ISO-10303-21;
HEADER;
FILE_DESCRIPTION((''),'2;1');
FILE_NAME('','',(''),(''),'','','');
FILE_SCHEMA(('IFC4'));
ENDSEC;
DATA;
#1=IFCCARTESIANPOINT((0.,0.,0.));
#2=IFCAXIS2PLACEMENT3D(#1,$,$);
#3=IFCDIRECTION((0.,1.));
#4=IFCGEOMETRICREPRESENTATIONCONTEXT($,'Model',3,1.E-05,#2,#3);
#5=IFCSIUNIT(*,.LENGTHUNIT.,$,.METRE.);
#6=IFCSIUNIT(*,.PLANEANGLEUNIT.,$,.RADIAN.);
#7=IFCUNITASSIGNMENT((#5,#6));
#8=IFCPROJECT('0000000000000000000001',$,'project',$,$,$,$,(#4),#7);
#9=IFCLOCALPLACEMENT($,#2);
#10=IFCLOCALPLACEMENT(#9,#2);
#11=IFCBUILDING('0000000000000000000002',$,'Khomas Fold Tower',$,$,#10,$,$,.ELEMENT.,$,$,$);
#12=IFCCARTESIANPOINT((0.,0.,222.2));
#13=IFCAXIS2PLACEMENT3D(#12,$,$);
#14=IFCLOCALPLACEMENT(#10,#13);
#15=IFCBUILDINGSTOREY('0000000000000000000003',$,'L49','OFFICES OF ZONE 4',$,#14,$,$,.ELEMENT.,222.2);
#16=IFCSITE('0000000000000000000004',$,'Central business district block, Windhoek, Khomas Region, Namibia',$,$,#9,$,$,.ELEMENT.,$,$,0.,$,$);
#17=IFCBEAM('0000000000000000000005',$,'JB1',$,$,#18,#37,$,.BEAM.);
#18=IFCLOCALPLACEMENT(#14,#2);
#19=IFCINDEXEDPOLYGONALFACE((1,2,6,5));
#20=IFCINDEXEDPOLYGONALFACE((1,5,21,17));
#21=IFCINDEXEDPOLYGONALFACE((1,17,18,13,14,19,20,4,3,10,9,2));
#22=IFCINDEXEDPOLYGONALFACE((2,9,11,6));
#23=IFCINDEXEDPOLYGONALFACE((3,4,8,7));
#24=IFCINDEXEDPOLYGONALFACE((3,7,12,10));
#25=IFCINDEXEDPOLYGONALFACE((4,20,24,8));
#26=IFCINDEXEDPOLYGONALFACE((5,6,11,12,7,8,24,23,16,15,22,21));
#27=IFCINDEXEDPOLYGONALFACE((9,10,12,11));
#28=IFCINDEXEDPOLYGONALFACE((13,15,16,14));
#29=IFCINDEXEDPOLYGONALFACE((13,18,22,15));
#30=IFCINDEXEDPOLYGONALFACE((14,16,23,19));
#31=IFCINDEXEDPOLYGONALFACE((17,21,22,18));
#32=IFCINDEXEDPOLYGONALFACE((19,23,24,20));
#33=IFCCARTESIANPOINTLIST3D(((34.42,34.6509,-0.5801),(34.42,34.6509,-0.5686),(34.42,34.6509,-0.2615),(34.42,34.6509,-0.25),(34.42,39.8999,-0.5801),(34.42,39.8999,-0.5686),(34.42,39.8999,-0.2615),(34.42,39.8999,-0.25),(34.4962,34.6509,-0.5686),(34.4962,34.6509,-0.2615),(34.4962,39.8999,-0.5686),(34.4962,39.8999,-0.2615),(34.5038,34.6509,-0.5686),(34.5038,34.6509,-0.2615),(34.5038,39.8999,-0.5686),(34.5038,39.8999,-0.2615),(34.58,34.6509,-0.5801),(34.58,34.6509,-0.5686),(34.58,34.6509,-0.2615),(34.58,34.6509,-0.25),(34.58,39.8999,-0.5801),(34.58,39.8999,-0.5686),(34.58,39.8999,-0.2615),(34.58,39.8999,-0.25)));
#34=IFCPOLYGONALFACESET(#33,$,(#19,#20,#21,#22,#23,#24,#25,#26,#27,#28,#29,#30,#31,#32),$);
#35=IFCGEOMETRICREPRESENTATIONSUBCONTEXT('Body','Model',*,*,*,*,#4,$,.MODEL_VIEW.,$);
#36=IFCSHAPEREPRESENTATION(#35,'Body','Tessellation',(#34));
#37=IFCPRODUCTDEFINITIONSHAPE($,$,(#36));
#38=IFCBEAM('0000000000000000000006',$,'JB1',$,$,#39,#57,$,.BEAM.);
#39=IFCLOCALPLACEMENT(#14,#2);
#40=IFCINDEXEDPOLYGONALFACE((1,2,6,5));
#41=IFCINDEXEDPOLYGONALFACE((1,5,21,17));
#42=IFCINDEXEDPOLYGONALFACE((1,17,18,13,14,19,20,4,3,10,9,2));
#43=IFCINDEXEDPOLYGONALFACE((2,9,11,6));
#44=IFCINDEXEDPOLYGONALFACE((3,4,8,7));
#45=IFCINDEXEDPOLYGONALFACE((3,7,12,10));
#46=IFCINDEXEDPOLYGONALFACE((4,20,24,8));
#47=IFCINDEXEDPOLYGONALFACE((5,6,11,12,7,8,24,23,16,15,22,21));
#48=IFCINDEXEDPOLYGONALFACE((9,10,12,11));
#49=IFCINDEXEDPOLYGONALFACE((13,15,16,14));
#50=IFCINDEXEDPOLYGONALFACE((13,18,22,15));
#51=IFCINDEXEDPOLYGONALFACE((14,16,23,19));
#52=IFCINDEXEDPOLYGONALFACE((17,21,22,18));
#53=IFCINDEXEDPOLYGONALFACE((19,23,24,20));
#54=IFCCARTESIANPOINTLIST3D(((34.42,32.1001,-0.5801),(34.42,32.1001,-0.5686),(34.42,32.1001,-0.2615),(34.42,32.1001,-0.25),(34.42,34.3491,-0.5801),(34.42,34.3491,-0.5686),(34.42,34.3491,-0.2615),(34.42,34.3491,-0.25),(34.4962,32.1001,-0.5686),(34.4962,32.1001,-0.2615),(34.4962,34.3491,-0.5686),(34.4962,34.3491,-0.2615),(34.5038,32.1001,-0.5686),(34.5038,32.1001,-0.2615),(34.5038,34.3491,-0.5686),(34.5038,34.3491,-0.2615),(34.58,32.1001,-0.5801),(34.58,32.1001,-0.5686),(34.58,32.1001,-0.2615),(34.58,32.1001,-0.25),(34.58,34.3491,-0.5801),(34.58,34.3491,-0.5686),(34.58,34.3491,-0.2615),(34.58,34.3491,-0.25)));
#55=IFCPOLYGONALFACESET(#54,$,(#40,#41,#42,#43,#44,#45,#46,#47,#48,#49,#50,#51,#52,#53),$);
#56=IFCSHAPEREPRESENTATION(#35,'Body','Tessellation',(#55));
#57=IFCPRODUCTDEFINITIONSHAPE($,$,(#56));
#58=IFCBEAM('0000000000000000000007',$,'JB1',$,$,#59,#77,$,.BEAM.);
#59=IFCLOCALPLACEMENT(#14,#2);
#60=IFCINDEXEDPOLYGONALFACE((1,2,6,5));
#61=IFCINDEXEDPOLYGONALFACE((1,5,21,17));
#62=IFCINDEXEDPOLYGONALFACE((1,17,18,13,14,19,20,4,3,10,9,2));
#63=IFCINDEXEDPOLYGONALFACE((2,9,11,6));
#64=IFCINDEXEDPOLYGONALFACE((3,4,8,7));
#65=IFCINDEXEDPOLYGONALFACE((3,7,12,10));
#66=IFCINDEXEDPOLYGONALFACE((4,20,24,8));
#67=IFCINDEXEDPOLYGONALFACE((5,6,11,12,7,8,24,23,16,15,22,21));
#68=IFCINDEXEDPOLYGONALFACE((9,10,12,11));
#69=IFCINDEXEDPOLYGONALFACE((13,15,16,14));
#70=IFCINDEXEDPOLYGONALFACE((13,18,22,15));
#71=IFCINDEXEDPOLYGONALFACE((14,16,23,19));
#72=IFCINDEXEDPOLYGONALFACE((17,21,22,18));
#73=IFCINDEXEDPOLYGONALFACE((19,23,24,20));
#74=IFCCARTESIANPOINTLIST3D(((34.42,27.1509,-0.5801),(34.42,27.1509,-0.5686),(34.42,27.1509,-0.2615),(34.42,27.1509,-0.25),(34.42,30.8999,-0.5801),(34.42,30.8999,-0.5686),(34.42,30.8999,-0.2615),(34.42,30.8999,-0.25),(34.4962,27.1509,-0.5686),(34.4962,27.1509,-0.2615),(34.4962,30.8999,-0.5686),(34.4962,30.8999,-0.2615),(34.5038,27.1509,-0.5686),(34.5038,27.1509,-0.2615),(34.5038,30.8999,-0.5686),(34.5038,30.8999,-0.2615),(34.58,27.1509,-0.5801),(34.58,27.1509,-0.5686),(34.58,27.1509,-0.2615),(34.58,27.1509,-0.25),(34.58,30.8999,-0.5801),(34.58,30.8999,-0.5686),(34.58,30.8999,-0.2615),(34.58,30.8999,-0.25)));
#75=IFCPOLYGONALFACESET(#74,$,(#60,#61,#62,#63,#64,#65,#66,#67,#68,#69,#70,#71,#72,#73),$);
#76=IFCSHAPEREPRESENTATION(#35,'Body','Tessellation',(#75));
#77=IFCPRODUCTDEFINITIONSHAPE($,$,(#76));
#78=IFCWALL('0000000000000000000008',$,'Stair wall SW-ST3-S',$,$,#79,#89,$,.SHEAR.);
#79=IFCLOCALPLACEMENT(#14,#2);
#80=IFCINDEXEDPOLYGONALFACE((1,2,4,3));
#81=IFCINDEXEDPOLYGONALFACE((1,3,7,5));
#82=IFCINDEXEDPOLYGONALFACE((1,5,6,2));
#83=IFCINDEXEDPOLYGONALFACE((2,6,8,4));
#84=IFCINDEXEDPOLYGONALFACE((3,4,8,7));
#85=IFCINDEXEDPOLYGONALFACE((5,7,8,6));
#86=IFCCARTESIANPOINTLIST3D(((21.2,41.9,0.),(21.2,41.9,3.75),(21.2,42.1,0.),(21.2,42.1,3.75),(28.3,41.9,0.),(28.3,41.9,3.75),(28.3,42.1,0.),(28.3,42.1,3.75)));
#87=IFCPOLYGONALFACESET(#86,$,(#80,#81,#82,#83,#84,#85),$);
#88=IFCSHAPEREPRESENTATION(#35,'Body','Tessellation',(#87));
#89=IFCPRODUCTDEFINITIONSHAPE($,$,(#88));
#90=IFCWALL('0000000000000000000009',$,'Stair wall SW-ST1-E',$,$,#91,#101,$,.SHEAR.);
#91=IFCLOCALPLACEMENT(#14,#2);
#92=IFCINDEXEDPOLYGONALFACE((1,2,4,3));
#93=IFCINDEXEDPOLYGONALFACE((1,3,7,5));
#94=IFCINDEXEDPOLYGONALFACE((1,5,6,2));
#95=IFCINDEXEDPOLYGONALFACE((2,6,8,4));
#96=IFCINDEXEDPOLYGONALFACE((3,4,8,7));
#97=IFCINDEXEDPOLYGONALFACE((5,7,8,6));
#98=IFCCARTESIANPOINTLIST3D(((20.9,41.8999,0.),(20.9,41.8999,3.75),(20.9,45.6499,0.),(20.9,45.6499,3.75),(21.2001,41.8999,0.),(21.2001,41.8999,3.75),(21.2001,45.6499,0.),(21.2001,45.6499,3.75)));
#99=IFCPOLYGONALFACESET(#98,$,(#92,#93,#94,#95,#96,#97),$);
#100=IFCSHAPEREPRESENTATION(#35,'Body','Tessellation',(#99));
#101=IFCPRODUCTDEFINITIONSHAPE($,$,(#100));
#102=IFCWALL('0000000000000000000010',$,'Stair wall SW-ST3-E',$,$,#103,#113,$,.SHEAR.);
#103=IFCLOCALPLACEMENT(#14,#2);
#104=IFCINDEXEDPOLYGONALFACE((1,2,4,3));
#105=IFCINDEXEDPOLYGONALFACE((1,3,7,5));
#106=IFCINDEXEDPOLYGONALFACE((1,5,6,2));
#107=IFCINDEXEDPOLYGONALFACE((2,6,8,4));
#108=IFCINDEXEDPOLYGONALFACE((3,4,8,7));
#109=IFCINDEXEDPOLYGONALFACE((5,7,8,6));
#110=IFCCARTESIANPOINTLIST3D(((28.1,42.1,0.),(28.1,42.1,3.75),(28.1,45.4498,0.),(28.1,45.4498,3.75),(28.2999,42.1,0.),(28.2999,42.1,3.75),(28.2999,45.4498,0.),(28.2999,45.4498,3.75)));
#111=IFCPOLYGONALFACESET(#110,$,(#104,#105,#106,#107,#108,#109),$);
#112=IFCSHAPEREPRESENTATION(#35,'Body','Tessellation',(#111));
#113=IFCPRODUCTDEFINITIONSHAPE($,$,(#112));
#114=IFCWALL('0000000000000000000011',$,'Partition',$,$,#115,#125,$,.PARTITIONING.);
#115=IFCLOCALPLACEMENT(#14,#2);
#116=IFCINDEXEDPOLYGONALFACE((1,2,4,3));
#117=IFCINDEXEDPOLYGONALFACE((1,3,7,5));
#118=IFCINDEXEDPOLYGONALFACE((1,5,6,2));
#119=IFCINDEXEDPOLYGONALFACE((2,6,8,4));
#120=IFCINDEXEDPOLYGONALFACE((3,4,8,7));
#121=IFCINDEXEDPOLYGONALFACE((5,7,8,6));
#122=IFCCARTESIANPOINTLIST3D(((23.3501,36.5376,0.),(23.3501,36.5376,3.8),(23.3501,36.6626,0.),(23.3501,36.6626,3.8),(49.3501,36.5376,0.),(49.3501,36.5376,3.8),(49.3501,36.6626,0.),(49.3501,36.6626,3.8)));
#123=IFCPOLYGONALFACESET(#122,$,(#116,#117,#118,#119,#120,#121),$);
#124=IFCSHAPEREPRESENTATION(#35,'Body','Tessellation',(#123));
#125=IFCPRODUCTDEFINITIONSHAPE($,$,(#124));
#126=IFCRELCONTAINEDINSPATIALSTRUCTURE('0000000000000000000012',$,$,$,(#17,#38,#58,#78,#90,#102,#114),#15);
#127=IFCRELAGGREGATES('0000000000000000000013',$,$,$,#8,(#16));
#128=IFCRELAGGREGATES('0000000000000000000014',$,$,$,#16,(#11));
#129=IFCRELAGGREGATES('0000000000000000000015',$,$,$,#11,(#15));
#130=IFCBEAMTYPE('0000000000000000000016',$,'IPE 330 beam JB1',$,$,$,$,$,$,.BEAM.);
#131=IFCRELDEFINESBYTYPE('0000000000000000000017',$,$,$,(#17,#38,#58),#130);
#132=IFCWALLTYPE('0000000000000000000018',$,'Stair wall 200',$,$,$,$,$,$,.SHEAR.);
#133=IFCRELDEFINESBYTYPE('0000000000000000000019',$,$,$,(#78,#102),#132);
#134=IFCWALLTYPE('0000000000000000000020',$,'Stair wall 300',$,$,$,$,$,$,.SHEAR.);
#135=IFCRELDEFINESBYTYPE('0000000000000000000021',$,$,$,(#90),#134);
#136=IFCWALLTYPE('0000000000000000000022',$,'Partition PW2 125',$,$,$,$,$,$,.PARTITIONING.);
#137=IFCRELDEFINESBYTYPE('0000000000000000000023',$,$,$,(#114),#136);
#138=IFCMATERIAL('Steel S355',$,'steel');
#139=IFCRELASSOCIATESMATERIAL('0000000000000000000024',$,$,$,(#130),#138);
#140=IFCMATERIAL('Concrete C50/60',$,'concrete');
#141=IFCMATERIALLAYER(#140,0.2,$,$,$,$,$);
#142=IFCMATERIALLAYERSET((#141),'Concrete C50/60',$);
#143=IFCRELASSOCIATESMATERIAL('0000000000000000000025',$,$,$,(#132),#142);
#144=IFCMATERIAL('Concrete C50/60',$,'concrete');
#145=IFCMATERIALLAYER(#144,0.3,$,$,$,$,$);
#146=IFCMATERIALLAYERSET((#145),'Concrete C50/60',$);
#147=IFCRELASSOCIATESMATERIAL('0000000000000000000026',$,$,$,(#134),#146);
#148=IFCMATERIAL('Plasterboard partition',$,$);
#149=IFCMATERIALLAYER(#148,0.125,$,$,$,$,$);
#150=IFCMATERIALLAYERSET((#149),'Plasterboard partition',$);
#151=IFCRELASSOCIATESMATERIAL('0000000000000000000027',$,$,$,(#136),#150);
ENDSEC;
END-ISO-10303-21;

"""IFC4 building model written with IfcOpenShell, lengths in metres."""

from ifc_helpers import new_model, si_unit, direction, frame, frame_2d, origin, origin_2d, place, context, subcontext, project, spatial, rectangle, i_section, extrude, source, transform, mapped, material, layer, layer_set, material_profile, profile_set, type_object, element, save


model = new_model("IFC4")

# Units and contexts
model_context = context("Model", 3, precision=1e-05, world=origin(), true_north=direction((0.0, 1.0)))
body_context = subcontext(model_context, "Body", "Model", "MODEL_VIEW")
ifc_project = project(units=[si_unit("LENGTHUNIT", "METRE"), si_unit("PLANEANGLEUNIT", "RADIAN")], contexts=[model_context])

# Site, building, storey
site_placement = place(None, origin())
site = spatial("IfcSite", under=ifc_project, at=site_placement, Name="Central business district block, Windhoek, Khomas Region, Namibia", CompositionType="ELEMENT", RefElevation=0.0)
building_placement = place(site_placement, origin())
building = spatial("IfcBuilding", under=site, at=building_placement, Name="Khomas Fold Tower", CompositionType="ELEMENT")
storey_placement = place(building_placement, frame((0.0, 0.0, 222.2)))
storey = spatial("IfcBuildingStorey", under=building, at=storey_placement, Name="L49", Description="OFFICES OF ZONE 4", CompositionType="ELEMENT", Elevation=222.2)

# Beams
ifc_material_1 = material(Name="Steel S355", Category="steel")
ifc_material_profile_1 = material_profile(ifc_material_1, i_section(OverallWidth=0.1599, OverallDepth=0.3301, WebThickness=0.0076, FlangeThickness=0.0115, at=origin_2d()), Name="IPE 330")
ifc_profile_set_1 = profile_set([ifc_material_profile_1], Name="Steel S355")
beam_type_1 = type_object("IfcBeamType", Name="IPE 330 beam JB1", PredefinedType="BEAM", material=ifc_profile_set_1)
shared_shape_1 = source(origin(), body_context, "Body", "SweptSolid", [
    extrude(i_section(OverallWidth=0.1599, OverallDepth=0.3301, WebThickness=0.0076, FlangeThickness=0.0115, at=origin_2d()), origin(), (0.0, 0.0, 1.0), 5.249),
])
beam_1_placement = place(storey_placement, frame((34.5, 34.6509, -0.415), z_axis=(0.0, 1.0, 0.0), x_axis=(-1.0, 0.0, 0.0)))
element("IfcBeam", 1, at=beam_1_placement, inside=storey, type_object=beam_type_1, Name="JB1", PredefinedType="BEAM", context=body_context, shape_type="MappedRepresentation", body=[
    mapped(shared_shape_1, transform((0.0, 0.0, 0.0))),
])
shared_shape_2 = source(origin(), body_context, "Body", "SweptSolid", [
    extrude(i_section(OverallWidth=0.1599, OverallDepth=0.3301, WebThickness=0.0076, FlangeThickness=0.0115, at=origin_2d()), origin(), (0.0, 0.0, 1.0), 2.249),
])
beam_2_placement = place(storey_placement, frame((34.5, 32.1001, -0.415), z_axis=(0.0, 1.0, 0.0), x_axis=(-1.0, 0.0, 0.0)))
element("IfcBeam", 2, at=beam_2_placement, inside=storey, type_object=beam_type_1, Name="JB1", PredefinedType="BEAM", context=body_context, shape_type="MappedRepresentation", body=[
    mapped(shared_shape_2, transform((0.0, 0.0, 0.0))),
])
shared_shape_3 = source(origin(), body_context, "Body", "SweptSolid", [
    extrude(i_section(OverallWidth=0.1599, OverallDepth=0.3301, WebThickness=0.0076, FlangeThickness=0.0115, at=origin_2d()), origin(), (0.0, 0.0, 1.0), 3.749),
])
beam_3_placement = place(storey_placement, frame((34.5, 27.1509, -0.415), z_axis=(0.0, 1.0, 0.0), x_axis=(-1.0, 0.0, 0.0)))
element("IfcBeam", 3, at=beam_3_placement, inside=storey, type_object=beam_type_1, Name="JB1", PredefinedType="BEAM", context=body_context, shape_type="MappedRepresentation", body=[
    mapped(shared_shape_3, transform((0.0, 0.0, 0.0))),
])

# Walls
ifc_material_2 = material(Name="Concrete C50/60", Category="concrete")
ifc_layer_1 = layer(ifc_material_2, 0.2)
ifc_layer_set_1 = layer_set([ifc_layer_1], Name="Concrete C50/60")
wall_type_1 = type_object("IfcWallType", Name="Stair wall 200", PredefinedType="SHEAR", material=ifc_layer_set_1)
shared_shape_4 = source(origin(), body_context, "Body", "SweptSolid", [
    extrude(rectangle(XDim=7.1001, YDim=0.2, at=frame_2d((3.55, 0.0))), origin(), (0.0, 0.0, 1.0), 3.75),
])
wall_1_placement = place(storey_placement, frame((21.2, 42.0, 0.0), z_axis=(0.0, 0.0, 1.0), x_axis=(1.0, 0.0, 0.0)))
element("IfcWall", 4, at=wall_1_placement, inside=storey, type_object=wall_type_1, Name="Stair wall SW-ST3-S", PredefinedType="SHEAR", context=body_context, shape_type="MappedRepresentation", body=[
    mapped(shared_shape_4, transform((0.0, 0.0, 0.0))),
])
ifc_material_3 = material(Name="Concrete C50/60", Category="concrete")
ifc_layer_2 = layer(ifc_material_3, 0.3)
ifc_layer_set_2 = layer_set([ifc_layer_2], Name="Concrete C50/60")
wall_type_2 = type_object("IfcWallType", Name="Stair wall 300", PredefinedType="SHEAR", material=ifc_layer_set_2)
shared_shape_5 = source(origin(), body_context, "Body", "SweptSolid", [
    extrude(rectangle(XDim=3.75, YDim=0.3, at=frame_2d((1.875, 0.0))), origin(), (0.0, 0.0, 1.0), 3.75),
])
wall_2_placement = place(storey_placement, frame((21.05, 41.8999, 0.0), z_axis=(0.0, 0.0, 1.0), x_axis=(0.0, 1.0, 0.0)))
element("IfcWall", 5, at=wall_2_placement, inside=storey, type_object=wall_type_2, Name="Stair wall SW-ST1-E", PredefinedType="SHEAR", context=body_context, shape_type="MappedRepresentation", body=[
    mapped(shared_shape_5, transform((0.0, 0.0, 0.0))),
])
shared_shape_6 = source(origin(), body_context, "Body", "SweptSolid", [
    extrude(rectangle(XDim=3.3499, YDim=0.2, at=frame_2d((1.6748, 0.0))), origin(), (0.0, 0.0, 1.0), 3.75),
])
wall_3_placement = place(storey_placement, frame((28.2, 42.1001, 0.0), z_axis=(0.0, 0.0, 1.0), x_axis=(0.0, 1.0, 0.0)))
element("IfcWall", 6, at=wall_3_placement, inside=storey, type_object=wall_type_1, Name="Stair wall SW-ST3-E", PredefinedType="SHEAR", context=body_context, shape_type="MappedRepresentation", body=[
    mapped(shared_shape_6, transform((0.0, 0.0, 0.0))),
])
ifc_material_4 = material(Name="Plasterboard partition")
ifc_layer_3 = layer(ifc_material_4, 0.125)
ifc_layer_set_3 = layer_set([ifc_layer_3], Name="Plasterboard partition")
wall_type_3 = type_object("IfcWallType", Name="Partition PW2 125", PredefinedType="PARTITIONING", material=ifc_layer_set_3)
shared_shape_7 = source(origin(), body_context, "Body", "SweptSolid", [
    extrude(rectangle(XDim=26.0, YDim=0.125, at=frame_2d((13.0, 0.0))), origin(), (0.0, 0.0, 1.0), 3.8),
])
wall_4_placement = place(storey_placement, frame((23.3501, 36.6001, 0.0), z_axis=(0.0, 0.0, 1.0), x_axis=(1.0, 0.0, 0.0)))
element("IfcWall", 7, at=wall_4_placement, inside=storey, type_object=wall_type_3, Name="Partition", PredefinedType="PARTITIONING", context=body_context, shape_type="MappedRepresentation", body=[
    mapped(shared_shape_7, transform((0.0, 0.0, 0.0))),
])

save(model, "model.ifc")
